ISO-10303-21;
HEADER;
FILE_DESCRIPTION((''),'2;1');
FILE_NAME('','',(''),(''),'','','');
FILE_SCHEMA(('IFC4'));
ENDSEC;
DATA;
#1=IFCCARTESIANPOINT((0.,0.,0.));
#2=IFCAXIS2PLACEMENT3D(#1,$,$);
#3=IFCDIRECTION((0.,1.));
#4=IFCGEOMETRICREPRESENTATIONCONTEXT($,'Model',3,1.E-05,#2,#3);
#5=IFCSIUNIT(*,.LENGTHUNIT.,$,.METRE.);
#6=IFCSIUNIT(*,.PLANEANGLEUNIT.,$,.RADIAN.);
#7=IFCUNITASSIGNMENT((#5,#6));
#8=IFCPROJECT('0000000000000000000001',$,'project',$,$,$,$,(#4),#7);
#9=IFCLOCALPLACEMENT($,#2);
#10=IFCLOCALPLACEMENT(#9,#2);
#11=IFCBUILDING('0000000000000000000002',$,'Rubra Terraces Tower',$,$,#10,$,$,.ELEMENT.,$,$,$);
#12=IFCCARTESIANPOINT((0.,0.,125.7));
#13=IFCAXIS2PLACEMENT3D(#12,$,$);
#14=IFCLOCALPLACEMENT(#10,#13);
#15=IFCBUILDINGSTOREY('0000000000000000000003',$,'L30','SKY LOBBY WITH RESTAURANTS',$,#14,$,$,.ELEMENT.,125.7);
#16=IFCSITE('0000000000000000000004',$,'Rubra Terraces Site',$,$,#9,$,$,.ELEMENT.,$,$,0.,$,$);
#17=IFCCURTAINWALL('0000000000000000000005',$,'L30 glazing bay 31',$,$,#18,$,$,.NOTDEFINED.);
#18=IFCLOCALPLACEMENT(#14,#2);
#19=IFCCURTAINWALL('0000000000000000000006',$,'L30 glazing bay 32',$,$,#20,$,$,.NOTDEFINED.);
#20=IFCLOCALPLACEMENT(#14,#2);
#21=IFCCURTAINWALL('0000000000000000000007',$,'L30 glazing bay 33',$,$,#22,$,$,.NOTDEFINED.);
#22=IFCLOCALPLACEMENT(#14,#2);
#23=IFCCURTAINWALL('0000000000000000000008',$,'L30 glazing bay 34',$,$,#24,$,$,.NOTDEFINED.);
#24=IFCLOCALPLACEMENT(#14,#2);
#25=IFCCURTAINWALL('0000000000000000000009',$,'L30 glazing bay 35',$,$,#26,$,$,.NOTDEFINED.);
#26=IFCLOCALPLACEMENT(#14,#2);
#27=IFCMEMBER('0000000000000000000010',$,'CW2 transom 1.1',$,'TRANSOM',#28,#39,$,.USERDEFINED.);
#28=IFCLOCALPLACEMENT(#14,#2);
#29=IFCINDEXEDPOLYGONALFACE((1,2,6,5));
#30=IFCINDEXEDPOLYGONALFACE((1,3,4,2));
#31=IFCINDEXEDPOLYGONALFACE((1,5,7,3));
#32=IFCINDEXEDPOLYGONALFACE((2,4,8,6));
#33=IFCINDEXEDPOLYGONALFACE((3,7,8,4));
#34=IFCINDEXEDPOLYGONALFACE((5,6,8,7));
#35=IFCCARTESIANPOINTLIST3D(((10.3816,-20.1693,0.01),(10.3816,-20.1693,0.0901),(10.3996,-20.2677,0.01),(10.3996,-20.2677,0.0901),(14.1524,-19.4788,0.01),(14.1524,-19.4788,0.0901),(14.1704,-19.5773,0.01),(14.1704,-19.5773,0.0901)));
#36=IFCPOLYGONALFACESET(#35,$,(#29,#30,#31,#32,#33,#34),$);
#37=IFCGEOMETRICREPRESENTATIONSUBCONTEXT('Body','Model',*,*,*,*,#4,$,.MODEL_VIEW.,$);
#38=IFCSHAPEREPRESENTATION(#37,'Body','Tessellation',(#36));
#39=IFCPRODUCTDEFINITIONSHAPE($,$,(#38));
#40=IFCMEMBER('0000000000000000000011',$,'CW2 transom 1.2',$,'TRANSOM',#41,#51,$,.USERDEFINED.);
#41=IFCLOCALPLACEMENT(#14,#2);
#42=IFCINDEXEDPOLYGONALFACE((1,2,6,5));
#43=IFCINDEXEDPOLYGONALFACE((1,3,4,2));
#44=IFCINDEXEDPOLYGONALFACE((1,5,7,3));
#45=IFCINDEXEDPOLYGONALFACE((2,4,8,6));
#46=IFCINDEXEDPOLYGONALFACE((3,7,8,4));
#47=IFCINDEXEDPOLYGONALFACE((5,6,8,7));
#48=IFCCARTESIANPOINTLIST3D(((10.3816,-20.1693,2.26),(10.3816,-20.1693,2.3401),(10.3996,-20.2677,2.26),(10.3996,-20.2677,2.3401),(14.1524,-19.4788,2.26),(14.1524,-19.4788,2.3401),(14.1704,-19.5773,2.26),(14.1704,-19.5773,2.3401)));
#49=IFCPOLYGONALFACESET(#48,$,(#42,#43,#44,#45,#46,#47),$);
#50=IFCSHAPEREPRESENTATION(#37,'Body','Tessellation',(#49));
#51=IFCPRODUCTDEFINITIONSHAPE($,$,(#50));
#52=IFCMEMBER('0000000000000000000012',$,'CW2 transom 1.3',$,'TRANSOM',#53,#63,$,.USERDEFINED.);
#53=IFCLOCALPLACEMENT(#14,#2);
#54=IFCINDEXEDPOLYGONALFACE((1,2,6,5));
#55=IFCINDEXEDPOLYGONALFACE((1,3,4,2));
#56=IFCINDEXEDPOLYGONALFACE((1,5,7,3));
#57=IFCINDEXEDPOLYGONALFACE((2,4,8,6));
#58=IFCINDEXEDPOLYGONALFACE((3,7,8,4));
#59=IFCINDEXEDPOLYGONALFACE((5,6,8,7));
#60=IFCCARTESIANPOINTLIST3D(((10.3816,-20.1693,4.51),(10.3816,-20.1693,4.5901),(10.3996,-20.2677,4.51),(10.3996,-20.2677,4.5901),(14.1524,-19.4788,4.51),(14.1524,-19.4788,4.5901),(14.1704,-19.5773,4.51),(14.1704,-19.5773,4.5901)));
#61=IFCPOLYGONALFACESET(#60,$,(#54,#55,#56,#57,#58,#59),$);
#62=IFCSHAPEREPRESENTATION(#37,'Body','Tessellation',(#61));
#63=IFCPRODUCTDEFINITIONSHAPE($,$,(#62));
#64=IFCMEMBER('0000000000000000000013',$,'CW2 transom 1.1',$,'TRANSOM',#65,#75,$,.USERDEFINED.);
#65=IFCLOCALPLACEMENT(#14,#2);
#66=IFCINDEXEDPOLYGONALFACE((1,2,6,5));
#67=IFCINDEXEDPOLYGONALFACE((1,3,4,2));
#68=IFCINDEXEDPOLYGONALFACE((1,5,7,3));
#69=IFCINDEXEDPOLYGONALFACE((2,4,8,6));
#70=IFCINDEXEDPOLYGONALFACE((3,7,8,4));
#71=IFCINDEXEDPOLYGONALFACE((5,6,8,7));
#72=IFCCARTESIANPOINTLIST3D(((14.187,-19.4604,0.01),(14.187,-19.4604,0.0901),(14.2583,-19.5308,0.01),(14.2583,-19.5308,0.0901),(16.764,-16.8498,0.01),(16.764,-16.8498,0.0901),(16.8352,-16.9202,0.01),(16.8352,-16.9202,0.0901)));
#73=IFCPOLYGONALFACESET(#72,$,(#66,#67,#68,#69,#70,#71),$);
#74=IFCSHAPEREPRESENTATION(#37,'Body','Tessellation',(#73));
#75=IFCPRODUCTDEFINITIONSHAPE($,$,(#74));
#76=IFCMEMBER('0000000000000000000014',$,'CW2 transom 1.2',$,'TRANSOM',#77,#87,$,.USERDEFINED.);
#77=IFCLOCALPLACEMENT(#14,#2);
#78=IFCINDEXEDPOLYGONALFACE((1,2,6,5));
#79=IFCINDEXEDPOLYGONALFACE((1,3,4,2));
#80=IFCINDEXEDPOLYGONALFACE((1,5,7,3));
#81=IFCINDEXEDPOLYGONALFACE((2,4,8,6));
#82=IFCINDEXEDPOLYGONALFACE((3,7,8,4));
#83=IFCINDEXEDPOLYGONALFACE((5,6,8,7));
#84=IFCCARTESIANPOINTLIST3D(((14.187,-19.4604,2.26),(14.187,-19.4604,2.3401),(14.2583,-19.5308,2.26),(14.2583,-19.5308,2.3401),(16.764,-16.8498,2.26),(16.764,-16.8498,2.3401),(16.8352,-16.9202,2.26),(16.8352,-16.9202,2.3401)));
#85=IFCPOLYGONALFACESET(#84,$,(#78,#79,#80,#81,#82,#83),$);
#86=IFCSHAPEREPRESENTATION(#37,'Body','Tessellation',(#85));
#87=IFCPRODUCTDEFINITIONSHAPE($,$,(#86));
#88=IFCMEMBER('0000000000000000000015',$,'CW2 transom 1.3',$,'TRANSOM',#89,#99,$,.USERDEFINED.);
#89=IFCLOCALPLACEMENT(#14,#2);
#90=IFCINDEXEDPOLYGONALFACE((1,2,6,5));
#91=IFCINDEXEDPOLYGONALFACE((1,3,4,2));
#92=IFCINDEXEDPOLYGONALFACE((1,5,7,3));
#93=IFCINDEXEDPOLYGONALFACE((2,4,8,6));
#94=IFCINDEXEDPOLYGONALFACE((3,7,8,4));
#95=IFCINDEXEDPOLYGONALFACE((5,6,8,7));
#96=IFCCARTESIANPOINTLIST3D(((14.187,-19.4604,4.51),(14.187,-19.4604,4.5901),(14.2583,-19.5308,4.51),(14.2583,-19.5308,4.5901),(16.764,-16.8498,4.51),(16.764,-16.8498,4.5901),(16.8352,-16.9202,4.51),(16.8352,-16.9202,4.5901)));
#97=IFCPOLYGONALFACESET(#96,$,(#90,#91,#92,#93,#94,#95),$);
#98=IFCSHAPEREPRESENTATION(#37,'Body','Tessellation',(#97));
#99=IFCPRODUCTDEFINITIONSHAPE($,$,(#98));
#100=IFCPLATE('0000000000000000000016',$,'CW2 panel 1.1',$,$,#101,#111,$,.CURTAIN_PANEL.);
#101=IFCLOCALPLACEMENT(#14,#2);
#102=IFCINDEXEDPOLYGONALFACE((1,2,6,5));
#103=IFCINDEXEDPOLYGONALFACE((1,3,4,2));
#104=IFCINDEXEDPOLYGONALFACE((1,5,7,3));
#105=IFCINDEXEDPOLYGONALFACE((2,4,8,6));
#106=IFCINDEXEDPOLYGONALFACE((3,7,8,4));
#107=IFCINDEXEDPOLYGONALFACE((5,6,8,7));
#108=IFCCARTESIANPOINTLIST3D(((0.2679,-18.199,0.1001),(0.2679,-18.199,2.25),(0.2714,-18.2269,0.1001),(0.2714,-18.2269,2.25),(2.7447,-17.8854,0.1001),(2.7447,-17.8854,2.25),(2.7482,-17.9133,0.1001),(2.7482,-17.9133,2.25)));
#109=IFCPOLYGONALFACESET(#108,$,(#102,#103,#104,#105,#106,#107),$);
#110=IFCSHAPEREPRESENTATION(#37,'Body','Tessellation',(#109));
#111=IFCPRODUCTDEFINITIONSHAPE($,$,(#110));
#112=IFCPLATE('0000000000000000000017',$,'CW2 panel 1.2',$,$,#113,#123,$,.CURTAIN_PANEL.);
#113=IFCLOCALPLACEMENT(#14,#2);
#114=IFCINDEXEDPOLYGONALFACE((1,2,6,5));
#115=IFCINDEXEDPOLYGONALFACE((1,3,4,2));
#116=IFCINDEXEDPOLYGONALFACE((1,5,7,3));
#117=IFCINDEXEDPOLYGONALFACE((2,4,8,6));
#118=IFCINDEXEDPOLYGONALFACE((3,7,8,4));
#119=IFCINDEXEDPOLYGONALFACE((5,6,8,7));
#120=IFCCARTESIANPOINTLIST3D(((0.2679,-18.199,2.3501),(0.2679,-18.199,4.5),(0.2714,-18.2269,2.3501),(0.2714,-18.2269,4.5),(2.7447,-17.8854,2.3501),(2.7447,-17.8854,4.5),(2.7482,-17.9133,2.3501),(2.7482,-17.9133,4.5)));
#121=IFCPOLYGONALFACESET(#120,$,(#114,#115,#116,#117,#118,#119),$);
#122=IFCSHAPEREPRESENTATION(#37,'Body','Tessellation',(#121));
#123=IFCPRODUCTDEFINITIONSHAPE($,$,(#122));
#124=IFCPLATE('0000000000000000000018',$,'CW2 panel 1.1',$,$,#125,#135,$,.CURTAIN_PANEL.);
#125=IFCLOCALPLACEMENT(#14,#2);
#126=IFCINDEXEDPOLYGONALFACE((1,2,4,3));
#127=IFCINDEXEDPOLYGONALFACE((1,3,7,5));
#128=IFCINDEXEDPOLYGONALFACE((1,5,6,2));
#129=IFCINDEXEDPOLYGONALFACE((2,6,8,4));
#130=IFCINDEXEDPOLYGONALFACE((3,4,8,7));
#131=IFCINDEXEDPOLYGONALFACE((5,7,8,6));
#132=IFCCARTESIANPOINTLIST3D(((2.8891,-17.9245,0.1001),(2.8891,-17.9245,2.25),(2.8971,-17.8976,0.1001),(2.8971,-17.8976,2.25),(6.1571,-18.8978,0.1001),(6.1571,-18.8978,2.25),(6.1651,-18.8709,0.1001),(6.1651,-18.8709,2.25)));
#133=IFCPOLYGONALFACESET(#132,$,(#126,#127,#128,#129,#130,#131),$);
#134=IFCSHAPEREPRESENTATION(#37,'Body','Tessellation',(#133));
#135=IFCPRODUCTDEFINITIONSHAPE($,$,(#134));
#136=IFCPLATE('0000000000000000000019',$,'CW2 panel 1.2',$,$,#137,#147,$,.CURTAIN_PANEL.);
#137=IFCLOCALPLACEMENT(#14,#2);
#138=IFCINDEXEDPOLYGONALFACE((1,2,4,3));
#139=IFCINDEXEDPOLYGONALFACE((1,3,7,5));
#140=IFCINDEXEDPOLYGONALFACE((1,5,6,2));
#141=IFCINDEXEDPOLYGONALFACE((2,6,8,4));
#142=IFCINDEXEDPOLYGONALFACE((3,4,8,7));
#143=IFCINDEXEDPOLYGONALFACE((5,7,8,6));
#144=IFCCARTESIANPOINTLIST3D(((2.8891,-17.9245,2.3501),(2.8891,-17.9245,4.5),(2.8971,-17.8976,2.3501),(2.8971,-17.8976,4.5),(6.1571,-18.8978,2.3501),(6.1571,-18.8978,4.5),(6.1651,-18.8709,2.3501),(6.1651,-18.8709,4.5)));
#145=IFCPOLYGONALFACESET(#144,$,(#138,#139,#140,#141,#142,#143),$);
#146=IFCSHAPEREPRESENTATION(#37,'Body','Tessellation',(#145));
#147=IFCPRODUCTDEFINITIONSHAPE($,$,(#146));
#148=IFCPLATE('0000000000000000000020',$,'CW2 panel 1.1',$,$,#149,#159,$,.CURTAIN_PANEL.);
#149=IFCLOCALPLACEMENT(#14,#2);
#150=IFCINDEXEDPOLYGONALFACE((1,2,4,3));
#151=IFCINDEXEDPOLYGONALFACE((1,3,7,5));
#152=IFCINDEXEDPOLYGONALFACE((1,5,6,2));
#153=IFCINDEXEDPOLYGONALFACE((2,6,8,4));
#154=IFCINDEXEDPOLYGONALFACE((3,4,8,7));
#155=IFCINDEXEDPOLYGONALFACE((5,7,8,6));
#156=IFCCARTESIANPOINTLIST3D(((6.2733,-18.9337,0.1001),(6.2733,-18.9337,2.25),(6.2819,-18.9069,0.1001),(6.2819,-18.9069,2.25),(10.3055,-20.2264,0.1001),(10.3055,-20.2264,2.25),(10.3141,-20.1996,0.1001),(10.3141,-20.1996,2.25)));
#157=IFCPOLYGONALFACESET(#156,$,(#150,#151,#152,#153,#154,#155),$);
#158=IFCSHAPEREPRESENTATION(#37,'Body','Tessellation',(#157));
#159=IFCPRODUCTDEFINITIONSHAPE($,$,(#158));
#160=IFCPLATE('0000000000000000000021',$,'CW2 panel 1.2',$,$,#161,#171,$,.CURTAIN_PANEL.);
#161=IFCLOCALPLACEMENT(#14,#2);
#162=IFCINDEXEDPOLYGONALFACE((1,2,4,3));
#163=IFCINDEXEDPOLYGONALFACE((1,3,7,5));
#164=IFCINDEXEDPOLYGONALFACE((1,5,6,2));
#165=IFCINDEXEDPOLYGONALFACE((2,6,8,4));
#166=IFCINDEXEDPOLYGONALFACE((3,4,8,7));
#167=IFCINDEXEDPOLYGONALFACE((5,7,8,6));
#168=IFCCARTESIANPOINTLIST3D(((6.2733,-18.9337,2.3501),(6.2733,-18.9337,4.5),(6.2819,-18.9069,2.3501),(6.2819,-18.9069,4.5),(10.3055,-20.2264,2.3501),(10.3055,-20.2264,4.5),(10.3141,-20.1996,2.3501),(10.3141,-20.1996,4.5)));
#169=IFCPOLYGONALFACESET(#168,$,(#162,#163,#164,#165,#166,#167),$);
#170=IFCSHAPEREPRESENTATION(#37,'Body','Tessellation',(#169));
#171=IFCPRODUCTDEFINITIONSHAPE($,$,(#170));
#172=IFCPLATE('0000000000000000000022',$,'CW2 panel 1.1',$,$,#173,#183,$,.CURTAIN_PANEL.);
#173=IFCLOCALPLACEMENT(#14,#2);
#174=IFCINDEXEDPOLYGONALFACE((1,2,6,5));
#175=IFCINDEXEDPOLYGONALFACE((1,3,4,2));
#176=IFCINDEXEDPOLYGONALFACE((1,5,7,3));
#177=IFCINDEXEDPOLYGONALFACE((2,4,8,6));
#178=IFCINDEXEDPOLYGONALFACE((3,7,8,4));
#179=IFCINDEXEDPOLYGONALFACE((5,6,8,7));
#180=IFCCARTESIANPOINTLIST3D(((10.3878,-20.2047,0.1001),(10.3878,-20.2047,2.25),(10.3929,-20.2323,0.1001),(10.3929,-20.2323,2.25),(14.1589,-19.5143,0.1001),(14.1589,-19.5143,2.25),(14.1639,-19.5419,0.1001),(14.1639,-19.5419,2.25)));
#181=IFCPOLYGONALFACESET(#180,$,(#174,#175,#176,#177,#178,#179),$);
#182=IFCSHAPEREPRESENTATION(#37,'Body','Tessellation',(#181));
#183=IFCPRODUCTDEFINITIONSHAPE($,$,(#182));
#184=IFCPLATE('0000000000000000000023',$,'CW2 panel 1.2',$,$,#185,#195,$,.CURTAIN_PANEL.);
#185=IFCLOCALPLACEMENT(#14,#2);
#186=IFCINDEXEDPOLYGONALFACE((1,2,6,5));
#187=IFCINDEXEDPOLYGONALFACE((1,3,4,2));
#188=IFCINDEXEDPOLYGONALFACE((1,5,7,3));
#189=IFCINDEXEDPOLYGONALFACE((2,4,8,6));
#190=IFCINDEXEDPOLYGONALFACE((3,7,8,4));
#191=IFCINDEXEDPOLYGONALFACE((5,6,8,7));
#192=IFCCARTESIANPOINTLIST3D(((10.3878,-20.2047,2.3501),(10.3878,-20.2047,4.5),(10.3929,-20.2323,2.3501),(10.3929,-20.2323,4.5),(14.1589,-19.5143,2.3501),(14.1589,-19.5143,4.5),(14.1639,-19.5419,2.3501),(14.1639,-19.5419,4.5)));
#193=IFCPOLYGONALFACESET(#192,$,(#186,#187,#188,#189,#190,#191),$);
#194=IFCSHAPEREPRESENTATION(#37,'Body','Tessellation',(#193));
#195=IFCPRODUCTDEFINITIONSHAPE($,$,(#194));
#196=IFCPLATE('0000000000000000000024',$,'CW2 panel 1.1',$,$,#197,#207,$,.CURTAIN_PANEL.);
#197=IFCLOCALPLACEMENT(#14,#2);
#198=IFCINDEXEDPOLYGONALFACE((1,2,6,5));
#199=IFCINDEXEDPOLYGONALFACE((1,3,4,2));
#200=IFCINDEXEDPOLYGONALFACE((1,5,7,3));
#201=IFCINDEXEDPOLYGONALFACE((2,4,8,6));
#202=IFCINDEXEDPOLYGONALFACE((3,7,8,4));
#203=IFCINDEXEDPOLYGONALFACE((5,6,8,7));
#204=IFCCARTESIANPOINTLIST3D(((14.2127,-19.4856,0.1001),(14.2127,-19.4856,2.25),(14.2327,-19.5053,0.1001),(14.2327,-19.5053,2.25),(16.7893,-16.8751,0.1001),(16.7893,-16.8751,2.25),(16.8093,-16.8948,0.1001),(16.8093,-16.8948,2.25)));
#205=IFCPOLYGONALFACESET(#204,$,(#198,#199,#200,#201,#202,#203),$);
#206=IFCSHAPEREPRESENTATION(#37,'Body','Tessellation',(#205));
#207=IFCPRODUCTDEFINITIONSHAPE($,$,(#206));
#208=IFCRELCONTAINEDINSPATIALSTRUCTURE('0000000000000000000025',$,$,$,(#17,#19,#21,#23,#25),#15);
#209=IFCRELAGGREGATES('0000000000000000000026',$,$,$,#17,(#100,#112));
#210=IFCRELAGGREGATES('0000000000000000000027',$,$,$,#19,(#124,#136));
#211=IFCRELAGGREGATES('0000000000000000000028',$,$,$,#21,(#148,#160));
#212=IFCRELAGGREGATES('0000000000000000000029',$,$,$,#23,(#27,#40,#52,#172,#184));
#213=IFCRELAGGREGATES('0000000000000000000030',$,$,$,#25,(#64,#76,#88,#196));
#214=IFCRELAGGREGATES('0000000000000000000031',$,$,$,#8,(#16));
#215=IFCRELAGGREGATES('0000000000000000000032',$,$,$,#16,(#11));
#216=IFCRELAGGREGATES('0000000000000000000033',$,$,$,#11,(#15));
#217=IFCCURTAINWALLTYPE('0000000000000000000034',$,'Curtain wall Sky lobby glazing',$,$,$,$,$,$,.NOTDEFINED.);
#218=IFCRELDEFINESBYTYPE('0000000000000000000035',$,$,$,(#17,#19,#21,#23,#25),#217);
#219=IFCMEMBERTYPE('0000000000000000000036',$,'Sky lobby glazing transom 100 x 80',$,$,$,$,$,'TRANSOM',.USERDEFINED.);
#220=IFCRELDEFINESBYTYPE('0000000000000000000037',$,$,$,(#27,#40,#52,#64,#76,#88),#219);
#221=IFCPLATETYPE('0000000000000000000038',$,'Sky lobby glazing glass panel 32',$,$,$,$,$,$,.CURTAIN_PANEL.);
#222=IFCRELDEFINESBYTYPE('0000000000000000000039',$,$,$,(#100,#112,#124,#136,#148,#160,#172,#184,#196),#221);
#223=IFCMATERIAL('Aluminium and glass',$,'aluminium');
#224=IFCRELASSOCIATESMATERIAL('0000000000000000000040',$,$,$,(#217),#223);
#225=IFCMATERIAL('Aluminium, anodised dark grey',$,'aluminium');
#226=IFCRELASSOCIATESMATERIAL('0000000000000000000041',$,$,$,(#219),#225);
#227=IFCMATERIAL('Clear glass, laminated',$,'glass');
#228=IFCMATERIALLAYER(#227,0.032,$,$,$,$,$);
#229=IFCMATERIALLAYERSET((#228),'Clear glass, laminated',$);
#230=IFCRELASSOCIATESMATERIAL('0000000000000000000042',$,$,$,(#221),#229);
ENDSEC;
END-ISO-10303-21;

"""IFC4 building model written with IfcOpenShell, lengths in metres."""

from ifc_helpers import new_model, si_unit, direction, frame, origin, origin_2d, place, context, subcontext, project, spatial, rectangle, extrude, material, layer, layer_set, material_profile, profile_set, type_object, element, aggregate, save


model = new_model("IFC4")

# Units and contexts
model_context = context("Model", 3, precision=1e-05, world=origin(), true_north=direction((0.0, 1.0)))
body_context = subcontext(model_context, "Body", "Model", "MODEL_VIEW")
ifc_project = project(units=[si_unit("LENGTHUNIT", "METRE"), si_unit("PLANEANGLEUNIT", "RADIAN")], contexts=[model_context])

# Site, building, storey
site_placement = place(None, origin())
site = spatial("IfcSite", under=ifc_project, at=site_placement, Name="Rubra Terraces Site", CompositionType="ELEMENT", RefElevation=0.0)
building_placement = place(site_placement, origin())
building = spatial("IfcBuilding", under=site, at=building_placement, Name="Rubra Terraces Tower", CompositionType="ELEMENT")
storey_placement = place(building_placement, frame((0.0, 0.0, 125.7)))
storey = spatial("IfcBuildingStorey", under=building, at=storey_placement, Name="L30", Description="SKY LOBBY WITH RESTAURANTS", CompositionType="ELEMENT", Elevation=125.7)

# Curtain walls
ifc_material_1 = material(Name="Aluminium and glass", Category="aluminium")
curtain_wall_type = type_object("IfcCurtainWallType", Name="Curtain wall Sky lobby glazing", PredefinedType="NOTDEFINED", material=ifc_material_1)
curtain_wall_1_placement = place(storey_placement, origin())
curtain_wall_1 = element("IfcCurtainWall", 1, at=curtain_wall_1_placement, inside=storey, type_object=curtain_wall_type, Name="L30 glazing bay 31", PredefinedType="NOTDEFINED")
ifc_material_2 = material(Name="Aluminium, anodised dark grey", Category="aluminium")
curtain_wall_2_placement = place(storey_placement, origin())
curtain_wall_2 = element("IfcCurtainWall", 2, at=curtain_wall_2_placement, inside=storey, type_object=curtain_wall_type, Name="L30 glazing bay 32", PredefinedType="NOTDEFINED")
curtain_wall_3_placement = place(storey_placement, origin())
curtain_wall_3 = element("IfcCurtainWall", 3, at=curtain_wall_3_placement, inside=storey, type_object=curtain_wall_type, Name="L30 glazing bay 33", PredefinedType="NOTDEFINED")
curtain_wall_4_placement = place(storey_placement, origin())
curtain_wall_4 = element("IfcCurtainWall", 4, at=curtain_wall_4_placement, inside=storey, type_object=curtain_wall_type, Name="L30 glazing bay 34", PredefinedType="NOTDEFINED")
curtain_wall_5_placement = place(storey_placement, origin())
curtain_wall_5 = element("IfcCurtainWall", 5, at=curtain_wall_5_placement, inside=storey, type_object=curtain_wall_type, Name="L30 glazing bay 35", PredefinedType="NOTDEFINED")

# Members
ifc_material_profile_1 = material_profile(ifc_material_2, rectangle(XDim=0.1001, YDim=0.0801, at=origin_2d()), Name="AL 100x80")
ifc_profile_set_1 = profile_set([ifc_material_profile_1], Name="Aluminium, anodised dark grey")
member_type_1 = type_object("IfcMemberType", Name="Sky lobby glazing transom 100 x 80", ElementType="TRANSOM", PredefinedType="USERDEFINED", material=ifc_profile_set_1)
member_1_placement = place(storey_placement, frame((10.3906, -20.2185, 0.05), z_axis=(0.983647, 0.180107, 0.0), x_axis=(-0.180107, 0.983647, 0.0)))
member_1 = element("IfcMember", 6, at=member_1_placement, type_object=member_type_1, Name="CW2 transom 1.1", ObjectType="TRANSOM", PredefinedType="USERDEFINED", context=body_context, shape_type="SweptSolid", body=[
    extrude(rectangle(XDim=0.1001, YDim=0.0801, at=origin_2d()), origin(), (0.0, 0.0, 1.0), 3.8335),
])
member_2_placement = place(storey_placement, frame((10.3906, -20.2185, 2.3), z_axis=(0.983647, 0.180107, 0.0), x_axis=(-0.180107, 0.983647, 0.0)))
member_2 = element("IfcMember", 7, at=member_2_placement, type_object=member_type_1, Name="CW2 transom 1.2", ObjectType="TRANSOM", PredefinedType="USERDEFINED", context=body_context, shape_type="SweptSolid", body=[
    extrude(rectangle(XDim=0.1001, YDim=0.0801, at=origin_2d()), origin(), (0.0, 0.0, 1.0), 3.8335),
])
member_3_placement = place(storey_placement, frame((10.3906, -20.2185, 4.55), z_axis=(0.983647, 0.180107, 0.0), x_axis=(-0.180107, 0.983647, 0.0)))
member_3 = element("IfcMember", 8, at=member_3_placement, type_object=member_type_1, Name="CW2 transom 1.3", ObjectType="TRANSOM", PredefinedType="USERDEFINED", context=body_context, shape_type="SweptSolid", body=[
    extrude(rectangle(XDim=0.1001, YDim=0.0801, at=origin_2d()), origin(), (0.0, 0.0, 1.0), 3.8335),
])
member_4_placement = place(storey_placement, frame((14.2227, -19.4956, 0.05), z_axis=(0.702499, 0.711684, 0.0), x_axis=(-0.711684, 0.702499, 0.0)))
member_4 = element("IfcMember", 9, at=member_4_placement, type_object=member_type_1, Name="CW2 transom 1.1", ObjectType="TRANSOM", PredefinedType="USERDEFINED", context=body_context, shape_type="SweptSolid", body=[
    extrude(rectangle(XDim=0.1001, YDim=0.0801, at=origin_2d()), origin(), (0.0, 0.0, 1.0), 3.6682),
])
member_5_placement = place(storey_placement, frame((14.2227, -19.4956, 2.3), z_axis=(0.702499, 0.711684, 0.0), x_axis=(-0.711684, 0.702499, 0.0)))
member_5 = element("IfcMember", 10, at=member_5_placement, type_object=member_type_1, Name="CW2 transom 1.2", ObjectType="TRANSOM", PredefinedType="USERDEFINED", context=body_context, shape_type="SweptSolid", body=[
    extrude(rectangle(XDim=0.1001, YDim=0.0801, at=origin_2d()), origin(), (0.0, 0.0, 1.0), 3.6682),
])
member_6_placement = place(storey_placement, frame((14.2227, -19.4956, 4.55), z_axis=(0.702499, 0.711684, 0.0), x_axis=(-0.711684, 0.702499, 0.0)))
member_6 = element("IfcMember", 11, at=member_6_placement, type_object=member_type_1, Name="CW2 transom 1.3", ObjectType="TRANSOM", PredefinedType="USERDEFINED", context=body_context, shape_type="SweptSolid", body=[
    extrude(rectangle(XDim=0.1001, YDim=0.0801, at=origin_2d()), origin(), (0.0, 0.0, 1.0), 3.6682),
])

# Plates
ifc_material_3 = material(Name="Clear glass, laminated", Category="glass")
ifc_layer_1 = layer(ifc_material_3, 0.032)
ifc_layer_set_1 = layer_set([ifc_layer_1], Name="Clear glass, laminated")
plate_type = type_object("IfcPlateType", Name="Sky lobby glazing glass panel 32", PredefinedType="CURTAIN_PANEL", material=ifc_layer_set_1)
plate_1_placement = place(storey_placement, frame((1.5081, -18.0562, 0.1001), z_axis=(0.0, 0.0, 1.0), x_axis=(0.992078, 0.12562, 0.0)))
plate_1 = element("IfcPlate", 12, at=plate_1_placement, type_object=plate_type, Name="CW2 panel 1.1", PredefinedType="CURTAIN_PANEL", context=body_context, shape_type="SweptSolid", body=[
    extrude(rectangle(XDim=2.4966, YDim=0.0281, at=origin_2d()), origin(), (0.0, 0.0, 1.0), 2.1499),
])
plate_2_placement = place(storey_placement, frame((1.5081, -18.0562, 2.3501), z_axis=(0.0, 0.0, 1.0), x_axis=(0.992078, 0.12562, 0.0)))
plate_2 = element("IfcPlate", 13, at=plate_2_placement, type_object=plate_type, Name="CW2 panel 1.2", PredefinedType="CURTAIN_PANEL", context=body_context, shape_type="SweptSolid", body=[
    extrude(rectangle(XDim=2.4966, YDim=0.0281, at=origin_2d()), origin(), (0.0, 0.0, 1.0), 2.1499),
])
aggregate(curtain_wall_1, [plate_1, plate_2])
plate_3_placement = place(storey_placement, frame((4.5271, -18.3977, 0.1001), z_axis=(0.0, 0.0, 1.0), x_axis=(0.958404, -0.285416, 0.0)))
plate_3 = element("IfcPlate", 14, at=plate_3_placement, type_object=plate_type, Name="CW2 panel 1.1", PredefinedType="CURTAIN_PANEL", context=body_context, shape_type="SweptSolid", body=[
    extrude(rectangle(XDim=3.4099, YDim=0.0281, at=origin_2d()), origin(), (0.0, 0.0, 1.0), 2.1499),
])
plate_4_placement = place(storey_placement, frame((4.5271, -18.3977, 2.3501), z_axis=(0.0, 0.0, 1.0), x_axis=(0.958404, -0.285416, 0.0)))
plate_4 = element("IfcPlate", 15, at=plate_4_placement, type_object=plate_type, Name="CW2 panel 1.2", PredefinedType="CURTAIN_PANEL", context=body_context, shape_type="SweptSolid", body=[
    extrude(rectangle(XDim=3.4099, YDim=0.0281, at=origin_2d()), origin(), (0.0, 0.0, 1.0), 2.1499),
])
aggregate(curtain_wall_2, [plate_3, plate_4])
plate_5_placement = place(storey_placement, frame((8.2937, -19.5667, 0.1001), z_axis=(0.0, 0.0, 1.0), x_axis=(0.952263, -0.30528, 0.0)))
plate_5 = element("IfcPlate", 16, at=plate_5_placement, type_object=plate_type, Name="CW2 panel 1.1", PredefinedType="CURTAIN_PANEL", context=body_context, shape_type="SweptSolid", body=[
    extrude(rectangle(XDim=4.2344, YDim=0.0281, at=origin_2d()), origin(), (0.0, 0.0, 1.0), 2.1499),
])
plate_6_placement = place(storey_placement, frame((8.2937, -19.5667, 2.3501), z_axis=(0.0, 0.0, 1.0), x_axis=(0.952263, -0.30528, 0.0)))
plate_6 = element("IfcPlate", 17, at=plate_6_placement, type_object=plate_type, Name="CW2 panel 1.2", PredefinedType="CURTAIN_PANEL", context=body_context, shape_type="SweptSolid", body=[
    extrude(rectangle(XDim=4.2344, YDim=0.0281, at=origin_2d()), origin(), (0.0, 0.0, 1.0), 2.1499),
])
aggregate(curtain_wall_3, [plate_5, plate_6])
plate_7_placement = place(storey_placement, frame((12.2759, -19.8733, 0.1001), z_axis=(0.0, 0.0, 1.0), x_axis=(0.983651, 0.180087, 0.0)))
plate_7 = element("IfcPlate", 18, at=plate_7_placement, type_object=plate_type, Name="CW2 panel 1.1", PredefinedType="CURTAIN_PANEL", context=body_context, shape_type="SweptSolid", body=[
    extrude(rectangle(XDim=3.8337, YDim=0.0281, at=origin_2d()), origin(), (0.0, 0.0, 1.0), 2.1499),
])
plate_8_placement = place(storey_placement, frame((12.2759, -19.8733, 2.3501), z_axis=(0.0, 0.0, 1.0), x_axis=(0.983651, 0.180087, 0.0)))
plate_8 = element("IfcPlate", 19, at=plate_8_placement, type_object=plate_type, Name="CW2 panel 1.2", PredefinedType="CURTAIN_PANEL", context=body_context, shape_type="SweptSolid", body=[
    extrude(rectangle(XDim=3.8337, YDim=0.0281, at=origin_2d()), origin(), (0.0, 0.0, 1.0), 2.1499),
])
aggregate(curtain_wall_4, [member_1, member_2, member_3, plate_7, plate_8])
plate_9_placement = place(storey_placement, frame((15.511, -18.1902, 0.1001), z_axis=(0.0, 0.0, 1.0), x_axis=(0.702472, 0.711711, 0.0)))
plate_9 = element("IfcPlate", 20, at=plate_9_placement, type_object=plate_type, Name="CW2 panel 1.1", PredefinedType="CURTAIN_PANEL", context=body_context, shape_type="SweptSolid", body=[
    extrude(rectangle(XDim=3.668, YDim=0.0281, at=origin_2d()), origin(), (0.0, 0.0, 1.0), 2.1499),
])
aggregate(curtain_wall_5, [member_4, member_5, member_6, plate_9])

save(model, "model.ifc")
